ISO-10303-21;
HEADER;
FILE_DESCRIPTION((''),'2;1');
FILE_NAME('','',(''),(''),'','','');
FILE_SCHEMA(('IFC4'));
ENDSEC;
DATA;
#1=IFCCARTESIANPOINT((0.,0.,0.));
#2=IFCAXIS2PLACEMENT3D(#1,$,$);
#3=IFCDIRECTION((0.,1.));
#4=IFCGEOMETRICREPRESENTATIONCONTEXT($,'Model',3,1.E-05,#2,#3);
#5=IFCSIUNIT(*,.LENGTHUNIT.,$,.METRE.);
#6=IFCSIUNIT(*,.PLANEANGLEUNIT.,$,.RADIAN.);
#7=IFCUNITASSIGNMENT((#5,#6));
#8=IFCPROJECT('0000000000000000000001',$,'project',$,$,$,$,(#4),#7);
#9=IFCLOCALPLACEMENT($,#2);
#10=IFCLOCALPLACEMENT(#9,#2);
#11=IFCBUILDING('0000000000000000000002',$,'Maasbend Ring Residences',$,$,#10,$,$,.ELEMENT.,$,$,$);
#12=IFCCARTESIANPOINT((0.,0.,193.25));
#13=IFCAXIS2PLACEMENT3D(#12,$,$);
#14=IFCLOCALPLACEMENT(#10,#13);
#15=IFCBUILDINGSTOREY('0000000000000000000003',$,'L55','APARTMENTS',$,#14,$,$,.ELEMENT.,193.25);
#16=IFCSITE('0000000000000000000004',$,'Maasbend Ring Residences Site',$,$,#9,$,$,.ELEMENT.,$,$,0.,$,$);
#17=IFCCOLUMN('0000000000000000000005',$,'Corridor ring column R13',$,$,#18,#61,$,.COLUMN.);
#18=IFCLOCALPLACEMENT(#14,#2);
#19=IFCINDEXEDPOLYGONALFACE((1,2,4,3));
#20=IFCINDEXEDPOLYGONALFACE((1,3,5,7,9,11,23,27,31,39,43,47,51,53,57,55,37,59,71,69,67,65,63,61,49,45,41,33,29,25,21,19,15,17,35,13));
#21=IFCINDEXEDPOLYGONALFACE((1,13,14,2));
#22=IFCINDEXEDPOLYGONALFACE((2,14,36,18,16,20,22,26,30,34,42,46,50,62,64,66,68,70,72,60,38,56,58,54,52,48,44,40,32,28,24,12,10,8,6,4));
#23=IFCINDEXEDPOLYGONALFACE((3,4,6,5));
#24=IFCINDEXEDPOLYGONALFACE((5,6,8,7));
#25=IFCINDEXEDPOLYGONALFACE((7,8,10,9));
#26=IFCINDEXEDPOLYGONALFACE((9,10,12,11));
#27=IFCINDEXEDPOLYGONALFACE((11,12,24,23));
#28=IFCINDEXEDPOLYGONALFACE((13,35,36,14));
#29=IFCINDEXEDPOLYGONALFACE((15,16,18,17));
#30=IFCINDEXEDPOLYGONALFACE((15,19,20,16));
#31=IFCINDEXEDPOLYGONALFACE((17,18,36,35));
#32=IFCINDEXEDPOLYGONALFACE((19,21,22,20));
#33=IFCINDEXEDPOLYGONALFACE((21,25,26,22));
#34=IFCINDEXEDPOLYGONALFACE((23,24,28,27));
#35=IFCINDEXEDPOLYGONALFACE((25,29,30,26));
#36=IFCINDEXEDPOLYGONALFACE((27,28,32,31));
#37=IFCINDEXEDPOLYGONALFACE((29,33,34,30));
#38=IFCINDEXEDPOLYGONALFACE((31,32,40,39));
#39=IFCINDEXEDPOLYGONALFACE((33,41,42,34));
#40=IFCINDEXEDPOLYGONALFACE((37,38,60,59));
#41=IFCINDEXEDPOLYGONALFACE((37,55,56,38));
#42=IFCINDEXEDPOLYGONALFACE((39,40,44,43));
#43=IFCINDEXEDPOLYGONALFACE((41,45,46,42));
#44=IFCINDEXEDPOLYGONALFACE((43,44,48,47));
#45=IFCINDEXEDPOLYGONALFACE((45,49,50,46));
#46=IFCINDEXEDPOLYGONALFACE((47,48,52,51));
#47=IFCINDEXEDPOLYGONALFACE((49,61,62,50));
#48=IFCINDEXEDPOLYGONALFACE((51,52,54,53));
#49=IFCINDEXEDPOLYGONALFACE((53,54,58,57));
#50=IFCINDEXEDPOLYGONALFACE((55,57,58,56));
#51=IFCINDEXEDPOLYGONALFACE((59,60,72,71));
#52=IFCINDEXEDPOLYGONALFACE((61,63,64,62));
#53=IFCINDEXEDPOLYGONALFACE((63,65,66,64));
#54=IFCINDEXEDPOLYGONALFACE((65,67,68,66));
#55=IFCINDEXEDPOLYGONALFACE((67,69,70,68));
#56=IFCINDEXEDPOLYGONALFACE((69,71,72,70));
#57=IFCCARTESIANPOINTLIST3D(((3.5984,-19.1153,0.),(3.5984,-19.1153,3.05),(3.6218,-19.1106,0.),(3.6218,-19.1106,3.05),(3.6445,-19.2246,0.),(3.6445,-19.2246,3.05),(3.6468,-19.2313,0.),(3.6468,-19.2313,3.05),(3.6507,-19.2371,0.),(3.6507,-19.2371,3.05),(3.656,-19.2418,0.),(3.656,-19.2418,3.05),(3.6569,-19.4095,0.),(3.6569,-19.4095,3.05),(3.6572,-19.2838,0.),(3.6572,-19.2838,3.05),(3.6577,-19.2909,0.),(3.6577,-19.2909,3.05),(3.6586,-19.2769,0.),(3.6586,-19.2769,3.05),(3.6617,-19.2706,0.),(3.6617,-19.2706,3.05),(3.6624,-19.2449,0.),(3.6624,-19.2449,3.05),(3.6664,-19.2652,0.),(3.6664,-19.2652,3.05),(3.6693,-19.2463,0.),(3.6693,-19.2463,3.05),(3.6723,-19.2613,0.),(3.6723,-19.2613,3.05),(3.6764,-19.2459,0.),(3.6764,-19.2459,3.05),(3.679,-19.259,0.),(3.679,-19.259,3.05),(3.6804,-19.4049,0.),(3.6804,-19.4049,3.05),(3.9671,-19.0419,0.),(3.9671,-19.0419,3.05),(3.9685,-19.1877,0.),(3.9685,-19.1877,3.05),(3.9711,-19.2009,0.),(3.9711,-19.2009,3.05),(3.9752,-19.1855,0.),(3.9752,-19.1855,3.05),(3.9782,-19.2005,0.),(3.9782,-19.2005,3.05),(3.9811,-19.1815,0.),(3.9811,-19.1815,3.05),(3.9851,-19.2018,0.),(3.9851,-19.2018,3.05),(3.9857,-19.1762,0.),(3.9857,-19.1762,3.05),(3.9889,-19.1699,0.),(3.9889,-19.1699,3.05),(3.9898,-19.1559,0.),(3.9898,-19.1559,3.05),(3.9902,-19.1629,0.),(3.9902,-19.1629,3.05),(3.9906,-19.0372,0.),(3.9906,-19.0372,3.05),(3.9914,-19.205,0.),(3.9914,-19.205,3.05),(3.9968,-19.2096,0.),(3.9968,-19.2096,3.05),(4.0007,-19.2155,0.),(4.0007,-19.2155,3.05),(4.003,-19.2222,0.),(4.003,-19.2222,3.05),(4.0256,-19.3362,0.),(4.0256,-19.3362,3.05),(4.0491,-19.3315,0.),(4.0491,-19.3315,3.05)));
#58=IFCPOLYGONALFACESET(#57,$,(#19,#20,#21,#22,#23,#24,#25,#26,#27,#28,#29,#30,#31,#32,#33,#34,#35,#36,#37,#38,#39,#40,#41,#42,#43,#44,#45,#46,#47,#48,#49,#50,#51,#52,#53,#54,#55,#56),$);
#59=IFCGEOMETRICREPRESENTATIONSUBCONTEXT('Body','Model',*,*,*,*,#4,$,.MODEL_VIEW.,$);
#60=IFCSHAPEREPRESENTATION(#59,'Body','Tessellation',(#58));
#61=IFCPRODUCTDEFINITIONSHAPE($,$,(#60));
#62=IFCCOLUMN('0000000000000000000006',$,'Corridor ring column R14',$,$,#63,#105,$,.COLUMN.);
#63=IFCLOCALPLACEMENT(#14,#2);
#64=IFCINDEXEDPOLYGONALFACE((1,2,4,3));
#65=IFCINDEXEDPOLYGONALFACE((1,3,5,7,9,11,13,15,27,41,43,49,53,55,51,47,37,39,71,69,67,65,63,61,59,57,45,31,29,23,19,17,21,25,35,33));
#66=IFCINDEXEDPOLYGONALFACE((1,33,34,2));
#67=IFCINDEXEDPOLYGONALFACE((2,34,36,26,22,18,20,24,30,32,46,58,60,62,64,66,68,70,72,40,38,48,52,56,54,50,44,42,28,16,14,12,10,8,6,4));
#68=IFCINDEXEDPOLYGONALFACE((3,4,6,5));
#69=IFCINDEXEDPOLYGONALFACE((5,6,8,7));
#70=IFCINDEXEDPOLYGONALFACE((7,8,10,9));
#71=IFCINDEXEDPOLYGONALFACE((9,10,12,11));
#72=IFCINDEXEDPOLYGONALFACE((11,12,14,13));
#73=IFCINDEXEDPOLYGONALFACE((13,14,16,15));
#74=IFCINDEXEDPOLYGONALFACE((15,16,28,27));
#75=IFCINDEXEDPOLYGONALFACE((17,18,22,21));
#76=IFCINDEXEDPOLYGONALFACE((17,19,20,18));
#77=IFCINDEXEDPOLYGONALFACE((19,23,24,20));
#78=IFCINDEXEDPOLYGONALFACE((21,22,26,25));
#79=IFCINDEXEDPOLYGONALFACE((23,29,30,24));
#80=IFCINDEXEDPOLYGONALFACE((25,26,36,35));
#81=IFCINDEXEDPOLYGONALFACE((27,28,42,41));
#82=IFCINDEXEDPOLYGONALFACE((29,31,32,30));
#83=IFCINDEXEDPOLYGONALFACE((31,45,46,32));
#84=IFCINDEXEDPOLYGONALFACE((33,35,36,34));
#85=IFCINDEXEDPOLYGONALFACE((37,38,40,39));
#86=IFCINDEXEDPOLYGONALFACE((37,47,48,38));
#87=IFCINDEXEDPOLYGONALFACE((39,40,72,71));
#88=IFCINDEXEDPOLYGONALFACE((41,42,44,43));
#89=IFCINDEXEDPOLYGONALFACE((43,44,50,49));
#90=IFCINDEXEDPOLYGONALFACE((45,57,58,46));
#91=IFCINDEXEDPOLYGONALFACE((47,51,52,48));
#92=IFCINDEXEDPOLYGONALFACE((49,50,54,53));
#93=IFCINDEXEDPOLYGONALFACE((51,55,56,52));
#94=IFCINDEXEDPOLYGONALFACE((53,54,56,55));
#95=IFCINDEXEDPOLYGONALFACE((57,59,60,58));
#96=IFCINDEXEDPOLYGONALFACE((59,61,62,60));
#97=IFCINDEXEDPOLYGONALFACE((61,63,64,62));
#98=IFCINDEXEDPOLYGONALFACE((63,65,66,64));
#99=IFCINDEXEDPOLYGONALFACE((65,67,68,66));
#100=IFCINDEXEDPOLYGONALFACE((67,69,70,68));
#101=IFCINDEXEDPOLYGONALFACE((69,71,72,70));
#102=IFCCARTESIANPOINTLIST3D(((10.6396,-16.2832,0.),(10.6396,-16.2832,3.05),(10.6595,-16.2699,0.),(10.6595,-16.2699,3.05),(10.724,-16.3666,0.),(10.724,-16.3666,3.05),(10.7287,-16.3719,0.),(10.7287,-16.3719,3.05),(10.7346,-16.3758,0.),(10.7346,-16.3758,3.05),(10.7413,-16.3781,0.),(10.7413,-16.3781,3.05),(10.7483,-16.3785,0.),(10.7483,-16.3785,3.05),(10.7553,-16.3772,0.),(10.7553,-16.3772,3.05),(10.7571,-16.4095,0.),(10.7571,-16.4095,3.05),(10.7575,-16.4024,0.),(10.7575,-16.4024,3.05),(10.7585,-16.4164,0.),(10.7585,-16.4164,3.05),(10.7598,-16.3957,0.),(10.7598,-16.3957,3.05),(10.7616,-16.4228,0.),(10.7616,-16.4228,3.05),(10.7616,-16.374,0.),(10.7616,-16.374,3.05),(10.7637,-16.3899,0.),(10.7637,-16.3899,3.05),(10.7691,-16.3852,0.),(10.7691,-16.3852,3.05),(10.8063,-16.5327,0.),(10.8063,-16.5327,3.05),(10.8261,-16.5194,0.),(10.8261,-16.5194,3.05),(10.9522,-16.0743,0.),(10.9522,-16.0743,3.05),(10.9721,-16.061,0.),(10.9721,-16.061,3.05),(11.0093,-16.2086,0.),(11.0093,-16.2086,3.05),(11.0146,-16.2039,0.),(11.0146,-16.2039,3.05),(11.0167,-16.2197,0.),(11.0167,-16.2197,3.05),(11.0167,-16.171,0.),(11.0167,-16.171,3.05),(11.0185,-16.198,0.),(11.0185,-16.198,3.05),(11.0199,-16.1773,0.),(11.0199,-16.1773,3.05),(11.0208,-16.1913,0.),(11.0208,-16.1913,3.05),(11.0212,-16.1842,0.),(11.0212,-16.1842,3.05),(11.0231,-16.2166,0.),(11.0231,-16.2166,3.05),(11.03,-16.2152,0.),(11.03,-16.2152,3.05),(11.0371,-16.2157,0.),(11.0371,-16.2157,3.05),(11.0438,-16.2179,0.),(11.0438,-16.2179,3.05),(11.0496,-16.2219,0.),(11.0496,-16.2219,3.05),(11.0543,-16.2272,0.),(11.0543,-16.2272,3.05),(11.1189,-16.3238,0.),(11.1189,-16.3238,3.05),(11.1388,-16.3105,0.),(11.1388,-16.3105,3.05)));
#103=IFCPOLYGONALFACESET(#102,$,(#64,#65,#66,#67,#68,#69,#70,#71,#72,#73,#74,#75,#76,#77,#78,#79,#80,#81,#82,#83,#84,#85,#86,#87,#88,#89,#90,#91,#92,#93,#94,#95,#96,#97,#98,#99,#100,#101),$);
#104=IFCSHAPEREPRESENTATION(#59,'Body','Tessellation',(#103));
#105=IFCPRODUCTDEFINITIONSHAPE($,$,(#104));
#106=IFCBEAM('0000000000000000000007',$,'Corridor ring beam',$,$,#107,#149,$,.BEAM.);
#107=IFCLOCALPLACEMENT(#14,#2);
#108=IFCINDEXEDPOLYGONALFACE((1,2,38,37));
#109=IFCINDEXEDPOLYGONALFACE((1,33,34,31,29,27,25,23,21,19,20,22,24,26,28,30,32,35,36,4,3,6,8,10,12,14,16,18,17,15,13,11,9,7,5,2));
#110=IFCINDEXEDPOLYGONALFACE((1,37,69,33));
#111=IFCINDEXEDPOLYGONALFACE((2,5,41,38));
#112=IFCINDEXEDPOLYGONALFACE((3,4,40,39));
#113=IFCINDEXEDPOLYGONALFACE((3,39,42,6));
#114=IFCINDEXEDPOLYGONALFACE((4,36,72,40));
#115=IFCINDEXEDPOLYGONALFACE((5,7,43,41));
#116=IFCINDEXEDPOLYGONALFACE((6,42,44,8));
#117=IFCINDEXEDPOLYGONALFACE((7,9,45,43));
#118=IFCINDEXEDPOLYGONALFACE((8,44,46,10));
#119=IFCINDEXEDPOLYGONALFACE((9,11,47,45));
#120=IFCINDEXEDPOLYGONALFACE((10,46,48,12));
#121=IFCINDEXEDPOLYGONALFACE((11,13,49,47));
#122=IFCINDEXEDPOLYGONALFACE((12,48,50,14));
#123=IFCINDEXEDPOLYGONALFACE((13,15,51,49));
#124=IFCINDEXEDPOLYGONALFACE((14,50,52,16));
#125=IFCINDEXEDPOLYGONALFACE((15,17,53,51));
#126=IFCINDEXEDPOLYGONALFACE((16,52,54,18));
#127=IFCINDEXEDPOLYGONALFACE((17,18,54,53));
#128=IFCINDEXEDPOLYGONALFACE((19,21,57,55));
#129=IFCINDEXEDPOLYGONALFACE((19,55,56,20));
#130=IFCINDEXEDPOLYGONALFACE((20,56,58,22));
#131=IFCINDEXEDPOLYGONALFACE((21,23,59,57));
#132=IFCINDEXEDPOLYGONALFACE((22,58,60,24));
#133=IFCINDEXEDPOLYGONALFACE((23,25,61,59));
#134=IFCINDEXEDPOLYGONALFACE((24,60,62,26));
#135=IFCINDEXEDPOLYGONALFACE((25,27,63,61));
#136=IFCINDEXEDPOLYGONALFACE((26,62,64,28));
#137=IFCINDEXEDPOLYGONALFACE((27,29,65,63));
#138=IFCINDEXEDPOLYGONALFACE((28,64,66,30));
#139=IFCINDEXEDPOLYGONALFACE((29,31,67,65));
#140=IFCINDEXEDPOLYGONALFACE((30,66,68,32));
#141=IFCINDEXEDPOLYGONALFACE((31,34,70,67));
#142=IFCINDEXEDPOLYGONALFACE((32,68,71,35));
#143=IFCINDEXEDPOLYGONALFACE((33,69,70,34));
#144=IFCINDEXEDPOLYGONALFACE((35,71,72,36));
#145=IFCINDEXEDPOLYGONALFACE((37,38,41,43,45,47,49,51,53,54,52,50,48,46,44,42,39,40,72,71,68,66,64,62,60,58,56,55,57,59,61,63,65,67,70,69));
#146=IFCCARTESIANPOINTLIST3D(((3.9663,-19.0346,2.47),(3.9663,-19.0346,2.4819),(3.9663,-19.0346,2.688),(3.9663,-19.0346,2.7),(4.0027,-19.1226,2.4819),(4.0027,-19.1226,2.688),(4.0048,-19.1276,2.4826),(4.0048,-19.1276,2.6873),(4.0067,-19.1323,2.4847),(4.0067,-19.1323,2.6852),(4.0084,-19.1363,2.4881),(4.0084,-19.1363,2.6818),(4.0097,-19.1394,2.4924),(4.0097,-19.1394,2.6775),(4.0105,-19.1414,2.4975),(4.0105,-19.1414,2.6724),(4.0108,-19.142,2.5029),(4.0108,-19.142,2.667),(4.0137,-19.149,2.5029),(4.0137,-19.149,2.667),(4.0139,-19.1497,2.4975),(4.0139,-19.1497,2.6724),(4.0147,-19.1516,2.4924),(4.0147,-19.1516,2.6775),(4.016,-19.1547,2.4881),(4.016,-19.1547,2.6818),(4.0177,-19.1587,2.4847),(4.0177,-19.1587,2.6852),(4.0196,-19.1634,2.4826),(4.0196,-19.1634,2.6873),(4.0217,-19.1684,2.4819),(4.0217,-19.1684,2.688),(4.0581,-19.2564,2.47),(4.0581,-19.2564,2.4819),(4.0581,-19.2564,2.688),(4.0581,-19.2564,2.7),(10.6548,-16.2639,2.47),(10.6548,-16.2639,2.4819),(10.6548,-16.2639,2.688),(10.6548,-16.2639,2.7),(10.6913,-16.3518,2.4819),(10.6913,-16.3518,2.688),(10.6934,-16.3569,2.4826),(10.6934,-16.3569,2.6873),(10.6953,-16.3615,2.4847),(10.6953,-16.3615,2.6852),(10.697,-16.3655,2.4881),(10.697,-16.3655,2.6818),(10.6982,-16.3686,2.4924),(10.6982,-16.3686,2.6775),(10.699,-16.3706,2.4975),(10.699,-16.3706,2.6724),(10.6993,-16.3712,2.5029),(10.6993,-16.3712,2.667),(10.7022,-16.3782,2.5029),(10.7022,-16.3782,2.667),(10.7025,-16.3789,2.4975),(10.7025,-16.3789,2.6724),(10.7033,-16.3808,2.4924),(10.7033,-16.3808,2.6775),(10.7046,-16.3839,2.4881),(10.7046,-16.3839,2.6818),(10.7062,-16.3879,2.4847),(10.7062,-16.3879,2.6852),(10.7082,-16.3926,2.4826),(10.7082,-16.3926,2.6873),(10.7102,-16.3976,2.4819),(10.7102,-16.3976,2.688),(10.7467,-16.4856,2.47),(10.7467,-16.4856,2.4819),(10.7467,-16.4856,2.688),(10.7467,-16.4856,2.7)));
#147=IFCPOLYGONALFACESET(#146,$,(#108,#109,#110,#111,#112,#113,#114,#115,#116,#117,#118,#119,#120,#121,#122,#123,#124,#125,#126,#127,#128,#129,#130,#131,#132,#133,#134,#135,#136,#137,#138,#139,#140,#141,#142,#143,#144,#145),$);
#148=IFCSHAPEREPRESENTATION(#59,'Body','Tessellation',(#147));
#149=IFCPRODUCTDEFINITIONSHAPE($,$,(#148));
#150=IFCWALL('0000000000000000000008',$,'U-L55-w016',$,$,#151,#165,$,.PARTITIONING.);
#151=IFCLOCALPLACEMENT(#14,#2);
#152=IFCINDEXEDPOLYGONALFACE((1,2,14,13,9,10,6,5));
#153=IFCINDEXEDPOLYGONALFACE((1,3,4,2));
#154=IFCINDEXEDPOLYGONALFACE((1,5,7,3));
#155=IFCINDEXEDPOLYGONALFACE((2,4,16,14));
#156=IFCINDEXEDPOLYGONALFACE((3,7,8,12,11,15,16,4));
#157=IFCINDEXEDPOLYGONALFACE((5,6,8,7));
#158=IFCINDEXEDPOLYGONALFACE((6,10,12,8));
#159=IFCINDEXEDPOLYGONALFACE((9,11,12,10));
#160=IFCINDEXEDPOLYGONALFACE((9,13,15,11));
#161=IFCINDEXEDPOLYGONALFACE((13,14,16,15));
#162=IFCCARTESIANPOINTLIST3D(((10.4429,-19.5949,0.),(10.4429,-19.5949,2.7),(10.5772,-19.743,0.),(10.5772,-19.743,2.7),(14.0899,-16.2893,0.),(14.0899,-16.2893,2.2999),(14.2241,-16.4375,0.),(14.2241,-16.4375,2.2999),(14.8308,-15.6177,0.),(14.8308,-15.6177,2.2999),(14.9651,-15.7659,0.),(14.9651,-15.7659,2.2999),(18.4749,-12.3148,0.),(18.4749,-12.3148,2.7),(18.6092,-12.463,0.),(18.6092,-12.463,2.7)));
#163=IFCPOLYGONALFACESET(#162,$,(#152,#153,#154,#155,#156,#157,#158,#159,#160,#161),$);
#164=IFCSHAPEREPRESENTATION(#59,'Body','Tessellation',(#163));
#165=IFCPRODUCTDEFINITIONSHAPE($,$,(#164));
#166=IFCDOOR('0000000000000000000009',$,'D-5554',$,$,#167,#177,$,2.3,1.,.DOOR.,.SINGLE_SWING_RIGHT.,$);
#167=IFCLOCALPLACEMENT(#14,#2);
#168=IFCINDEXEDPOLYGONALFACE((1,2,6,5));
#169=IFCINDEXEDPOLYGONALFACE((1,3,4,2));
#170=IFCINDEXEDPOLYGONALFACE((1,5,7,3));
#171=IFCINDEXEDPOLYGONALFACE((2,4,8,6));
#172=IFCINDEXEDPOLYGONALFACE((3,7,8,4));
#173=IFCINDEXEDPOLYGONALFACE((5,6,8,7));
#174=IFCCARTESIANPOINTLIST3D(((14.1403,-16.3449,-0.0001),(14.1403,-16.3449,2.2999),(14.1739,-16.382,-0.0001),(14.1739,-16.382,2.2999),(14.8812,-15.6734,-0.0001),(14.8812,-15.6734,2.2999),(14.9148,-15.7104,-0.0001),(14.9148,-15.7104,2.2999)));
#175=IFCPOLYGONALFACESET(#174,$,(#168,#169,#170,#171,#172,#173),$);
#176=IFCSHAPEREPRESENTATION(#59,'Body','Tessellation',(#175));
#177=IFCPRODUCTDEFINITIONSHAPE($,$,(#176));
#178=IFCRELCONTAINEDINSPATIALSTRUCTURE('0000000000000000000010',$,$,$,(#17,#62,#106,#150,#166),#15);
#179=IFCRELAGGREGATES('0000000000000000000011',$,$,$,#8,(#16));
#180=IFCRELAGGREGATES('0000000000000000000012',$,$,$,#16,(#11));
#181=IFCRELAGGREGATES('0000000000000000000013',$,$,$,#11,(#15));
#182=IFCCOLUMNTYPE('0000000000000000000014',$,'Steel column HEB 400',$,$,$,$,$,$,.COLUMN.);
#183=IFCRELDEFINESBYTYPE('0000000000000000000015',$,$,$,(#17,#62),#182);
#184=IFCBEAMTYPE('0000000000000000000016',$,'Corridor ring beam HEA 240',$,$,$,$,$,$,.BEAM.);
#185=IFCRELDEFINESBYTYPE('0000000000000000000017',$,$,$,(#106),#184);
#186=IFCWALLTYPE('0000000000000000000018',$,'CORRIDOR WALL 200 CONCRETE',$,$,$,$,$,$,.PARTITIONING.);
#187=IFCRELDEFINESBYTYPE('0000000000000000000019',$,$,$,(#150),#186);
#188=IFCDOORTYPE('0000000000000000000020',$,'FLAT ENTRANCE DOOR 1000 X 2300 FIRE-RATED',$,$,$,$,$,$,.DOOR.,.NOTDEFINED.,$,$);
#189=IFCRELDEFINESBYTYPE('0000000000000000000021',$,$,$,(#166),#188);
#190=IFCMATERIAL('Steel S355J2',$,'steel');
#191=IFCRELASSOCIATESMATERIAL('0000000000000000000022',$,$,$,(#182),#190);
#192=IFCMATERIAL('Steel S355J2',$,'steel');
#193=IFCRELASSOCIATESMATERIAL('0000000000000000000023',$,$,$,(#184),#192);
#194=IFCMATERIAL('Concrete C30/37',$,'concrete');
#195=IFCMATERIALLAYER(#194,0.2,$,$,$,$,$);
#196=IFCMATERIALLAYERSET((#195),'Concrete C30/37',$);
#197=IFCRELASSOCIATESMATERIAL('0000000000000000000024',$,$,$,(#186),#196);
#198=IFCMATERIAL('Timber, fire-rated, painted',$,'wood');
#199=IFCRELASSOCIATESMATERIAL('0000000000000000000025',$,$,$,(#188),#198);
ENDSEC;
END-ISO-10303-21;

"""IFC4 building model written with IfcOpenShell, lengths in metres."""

from ifc_helpers import new_model, si_unit, direction, frame, frame_2d, origin, origin_2d, place, context, subcontext, project, spatial, rectangle, i_section, extrude, material, layer, layer_set, material_profile, profile_set, type_object, element, fill, save


model = new_model("IFC4")

# Units and contexts
model_context = context("Model", 3, precision=1e-05, world=origin(), true_north=direction((0.0, 1.0)))
body_context = subcontext(model_context, "Body", "Model", "MODEL_VIEW")
ifc_project = project(units=[si_unit("LENGTHUNIT", "METRE"), si_unit("PLANEANGLEUNIT", "RADIAN")], contexts=[model_context])

# Site, building, storey
site_placement = place(None, origin())
site = spatial("IfcSite", under=ifc_project, at=site_placement, Name="Maasbend Ring Residences Site", CompositionType="ELEMENT", RefElevation=0.0)
building_placement = place(site_placement, origin())
building = spatial("IfcBuilding", under=site, at=building_placement, Name="Maasbend Ring Residences", CompositionType="ELEMENT")
storey_placement = place(building_placement, frame((0.0, 0.0, 193.25)))
storey = spatial("IfcBuildingStorey", under=building, at=storey_placement, Name="L55", Description="APARTMENTS", CompositionType="ELEMENT", Elevation=193.25)

# Columns
ifc_material_1 = material(Name="Steel S355J2", Category="steel")
ifc_material_profile_1 = material_profile(ifc_material_1, i_section(OverallWidth=0.3, OverallDepth=0.3999, WebThickness=0.0134, FlangeThickness=0.0239, FilletRadius=0.0271, at=origin_2d()), Name="HEB 400")
ifc_profile_set_1 = profile_set([ifc_material_profile_1], Name="Steel S355J2")
column_type = type_object("IfcColumnType", Name="Steel column HEB 400", PredefinedType="COLUMN", material=ifc_profile_set_1)
for number, where, z_axis, x_axis, name in (
    (1, (3.8237, -19.2234, 0.0), (0.0, 0.0, 1.0), (0.19509, -0.980785, 0.0), "Corridor ring column R13"),
    (2, (10.8892, -16.2969, 0.0), (0.0, 0.0, 1.0), (0.55557, -0.83147, 0.0), "Corridor ring column R14"),
):
    element("IfcColumn", number, at=place(storey_placement, frame(where, z_axis=z_axis, x_axis=x_axis)), inside=storey, type_object=column_type, Name=name, PredefinedType="COLUMN", context=body_context, shape_type="SweptSolid", body=[
        extrude(i_section(OverallWidth=0.3, OverallDepth=0.3999, WebThickness=0.0134, FlangeThickness=0.0239, FilletRadius=0.0271, at=origin_2d()), origin(), (0.0, 0.0, 1.0), 3.05),
    ])

# Beam
ifc_material_2 = material(Name="Steel S355J2", Category="steel")
ifc_material_profile_2 = material_profile(ifc_material_2, i_section(OverallWidth=0.24, OverallDepth=0.23, WebThickness=0.0076, FlangeThickness=0.012, FilletRadius=0.021, at=origin_2d()), Name="HEA 240")
ifc_profile_set_2 = profile_set([ifc_material_profile_2], Name="Steel S355J2")
beam_type = type_object("IfcBeamType", Name="Corridor ring beam HEA 240", PredefinedType="BEAM", material=ifc_profile_set_2)
beam_placement = place(storey_placement, frame((4.0122, -19.1455, 2.585), z_axis=(0.923865, 0.382718, 0.0), x_axis=(-0.382718, 0.923865, 0.0)))
element("IfcBeam", 3, at=beam_placement, inside=storey, type_object=beam_type, Name="Corridor ring beam", PredefinedType="BEAM", context=body_context, shape_type="SweptSolid", body=[
    extrude(i_section(OverallWidth=0.24, OverallDepth=0.23, WebThickness=0.0076, FlangeThickness=0.012, FilletRadius=0.021, at=origin_2d()), origin(), (0.0, 0.0, 1.0), 7.2397),
])

# Wall, opening, door
ifc_material_3 = material(Name="Concrete C30/37", Category="concrete")
ifc_layer_1 = layer(ifc_material_3, 0.2)
ifc_layer_set_1 = layer_set([ifc_layer_1], Name="Concrete C30/37")
wall_type_1 = type_object("IfcWallType", Name="CORRIDOR WALL 200 CONCRETE", PredefinedType="PARTITIONING", material=ifc_layer_set_1)
wall_1_placement = place(storey_placement, frame((10.51, -19.6689, 0.0), z_axis=(0.0, 0.0, 1.0), x_axis=(0.740939, 0.671572, 0.0)))
wall_1 = element("IfcWall", 4, at=wall_1_placement, inside=storey, type_object=wall_type_1, Name="U-L55-w016", PredefinedType="PARTITIONING", context=body_context, shape_type="SweptSolid", body=[
    extrude(rectangle(XDim=10.8403, YDim=0.2, at=frame_2d((5.4202, 0.0))), origin(), (0.0, 0.0, 1.0), 2.7),
])
opening_1_placement = place(wall_1_placement, frame((4.9221, 0.0, 0.0)))
opening_1 = element("IfcOpeningElement", 5, at=opening_1_placement, cuts=wall_1, PredefinedType="OPENING", context=body_context, shape_type="SweptSolid", body=[
    extrude(rectangle(XDim=1.0, YDim=2.3, at=frame_2d((0.5, 1.1499))), frame((0.0, 0.1099, 0.0), z_axis=(0.0, -1.0, 0.0), x_axis=(1.0, 0.0, 0.0)), (0.0, 0.0, 1.0), 0.22),
])
ifc_material_4 = material(Name="Timber, fire-rated, painted", Category="wood")
door_type_1 = type_object("IfcDoorType", Name="FLAT ENTRANCE DOOR 1000 X 2300 FIRE-RATED", OperationType="NOTDEFINED", PredefinedType="DOOR", material=ifc_material_4)
door_1_placement = place(opening_1_placement, origin())
door_1 = element("IfcDoor", 6, at=door_1_placement, inside=storey, type_object=door_type_1, Name="D-5554", OperationType="SINGLE_SWING_RIGHT", OverallHeight=2.3, OverallWidth=1.0, PredefinedType="DOOR", context=body_context, shape_type="SweptSolid", body=[
    extrude(rectangle(XDim=1.0, YDim=2.3, at=frame_2d((0.5, 1.1499))), frame((0.0, 0.0249, 0.0), z_axis=(0.0, -1.0, 0.0), x_axis=(1.0, 0.0, 0.0)), (0.0, 0.0, 1.0), 0.05),
])
fill(opening_1, door_1)

save(model, "model.ifc")
